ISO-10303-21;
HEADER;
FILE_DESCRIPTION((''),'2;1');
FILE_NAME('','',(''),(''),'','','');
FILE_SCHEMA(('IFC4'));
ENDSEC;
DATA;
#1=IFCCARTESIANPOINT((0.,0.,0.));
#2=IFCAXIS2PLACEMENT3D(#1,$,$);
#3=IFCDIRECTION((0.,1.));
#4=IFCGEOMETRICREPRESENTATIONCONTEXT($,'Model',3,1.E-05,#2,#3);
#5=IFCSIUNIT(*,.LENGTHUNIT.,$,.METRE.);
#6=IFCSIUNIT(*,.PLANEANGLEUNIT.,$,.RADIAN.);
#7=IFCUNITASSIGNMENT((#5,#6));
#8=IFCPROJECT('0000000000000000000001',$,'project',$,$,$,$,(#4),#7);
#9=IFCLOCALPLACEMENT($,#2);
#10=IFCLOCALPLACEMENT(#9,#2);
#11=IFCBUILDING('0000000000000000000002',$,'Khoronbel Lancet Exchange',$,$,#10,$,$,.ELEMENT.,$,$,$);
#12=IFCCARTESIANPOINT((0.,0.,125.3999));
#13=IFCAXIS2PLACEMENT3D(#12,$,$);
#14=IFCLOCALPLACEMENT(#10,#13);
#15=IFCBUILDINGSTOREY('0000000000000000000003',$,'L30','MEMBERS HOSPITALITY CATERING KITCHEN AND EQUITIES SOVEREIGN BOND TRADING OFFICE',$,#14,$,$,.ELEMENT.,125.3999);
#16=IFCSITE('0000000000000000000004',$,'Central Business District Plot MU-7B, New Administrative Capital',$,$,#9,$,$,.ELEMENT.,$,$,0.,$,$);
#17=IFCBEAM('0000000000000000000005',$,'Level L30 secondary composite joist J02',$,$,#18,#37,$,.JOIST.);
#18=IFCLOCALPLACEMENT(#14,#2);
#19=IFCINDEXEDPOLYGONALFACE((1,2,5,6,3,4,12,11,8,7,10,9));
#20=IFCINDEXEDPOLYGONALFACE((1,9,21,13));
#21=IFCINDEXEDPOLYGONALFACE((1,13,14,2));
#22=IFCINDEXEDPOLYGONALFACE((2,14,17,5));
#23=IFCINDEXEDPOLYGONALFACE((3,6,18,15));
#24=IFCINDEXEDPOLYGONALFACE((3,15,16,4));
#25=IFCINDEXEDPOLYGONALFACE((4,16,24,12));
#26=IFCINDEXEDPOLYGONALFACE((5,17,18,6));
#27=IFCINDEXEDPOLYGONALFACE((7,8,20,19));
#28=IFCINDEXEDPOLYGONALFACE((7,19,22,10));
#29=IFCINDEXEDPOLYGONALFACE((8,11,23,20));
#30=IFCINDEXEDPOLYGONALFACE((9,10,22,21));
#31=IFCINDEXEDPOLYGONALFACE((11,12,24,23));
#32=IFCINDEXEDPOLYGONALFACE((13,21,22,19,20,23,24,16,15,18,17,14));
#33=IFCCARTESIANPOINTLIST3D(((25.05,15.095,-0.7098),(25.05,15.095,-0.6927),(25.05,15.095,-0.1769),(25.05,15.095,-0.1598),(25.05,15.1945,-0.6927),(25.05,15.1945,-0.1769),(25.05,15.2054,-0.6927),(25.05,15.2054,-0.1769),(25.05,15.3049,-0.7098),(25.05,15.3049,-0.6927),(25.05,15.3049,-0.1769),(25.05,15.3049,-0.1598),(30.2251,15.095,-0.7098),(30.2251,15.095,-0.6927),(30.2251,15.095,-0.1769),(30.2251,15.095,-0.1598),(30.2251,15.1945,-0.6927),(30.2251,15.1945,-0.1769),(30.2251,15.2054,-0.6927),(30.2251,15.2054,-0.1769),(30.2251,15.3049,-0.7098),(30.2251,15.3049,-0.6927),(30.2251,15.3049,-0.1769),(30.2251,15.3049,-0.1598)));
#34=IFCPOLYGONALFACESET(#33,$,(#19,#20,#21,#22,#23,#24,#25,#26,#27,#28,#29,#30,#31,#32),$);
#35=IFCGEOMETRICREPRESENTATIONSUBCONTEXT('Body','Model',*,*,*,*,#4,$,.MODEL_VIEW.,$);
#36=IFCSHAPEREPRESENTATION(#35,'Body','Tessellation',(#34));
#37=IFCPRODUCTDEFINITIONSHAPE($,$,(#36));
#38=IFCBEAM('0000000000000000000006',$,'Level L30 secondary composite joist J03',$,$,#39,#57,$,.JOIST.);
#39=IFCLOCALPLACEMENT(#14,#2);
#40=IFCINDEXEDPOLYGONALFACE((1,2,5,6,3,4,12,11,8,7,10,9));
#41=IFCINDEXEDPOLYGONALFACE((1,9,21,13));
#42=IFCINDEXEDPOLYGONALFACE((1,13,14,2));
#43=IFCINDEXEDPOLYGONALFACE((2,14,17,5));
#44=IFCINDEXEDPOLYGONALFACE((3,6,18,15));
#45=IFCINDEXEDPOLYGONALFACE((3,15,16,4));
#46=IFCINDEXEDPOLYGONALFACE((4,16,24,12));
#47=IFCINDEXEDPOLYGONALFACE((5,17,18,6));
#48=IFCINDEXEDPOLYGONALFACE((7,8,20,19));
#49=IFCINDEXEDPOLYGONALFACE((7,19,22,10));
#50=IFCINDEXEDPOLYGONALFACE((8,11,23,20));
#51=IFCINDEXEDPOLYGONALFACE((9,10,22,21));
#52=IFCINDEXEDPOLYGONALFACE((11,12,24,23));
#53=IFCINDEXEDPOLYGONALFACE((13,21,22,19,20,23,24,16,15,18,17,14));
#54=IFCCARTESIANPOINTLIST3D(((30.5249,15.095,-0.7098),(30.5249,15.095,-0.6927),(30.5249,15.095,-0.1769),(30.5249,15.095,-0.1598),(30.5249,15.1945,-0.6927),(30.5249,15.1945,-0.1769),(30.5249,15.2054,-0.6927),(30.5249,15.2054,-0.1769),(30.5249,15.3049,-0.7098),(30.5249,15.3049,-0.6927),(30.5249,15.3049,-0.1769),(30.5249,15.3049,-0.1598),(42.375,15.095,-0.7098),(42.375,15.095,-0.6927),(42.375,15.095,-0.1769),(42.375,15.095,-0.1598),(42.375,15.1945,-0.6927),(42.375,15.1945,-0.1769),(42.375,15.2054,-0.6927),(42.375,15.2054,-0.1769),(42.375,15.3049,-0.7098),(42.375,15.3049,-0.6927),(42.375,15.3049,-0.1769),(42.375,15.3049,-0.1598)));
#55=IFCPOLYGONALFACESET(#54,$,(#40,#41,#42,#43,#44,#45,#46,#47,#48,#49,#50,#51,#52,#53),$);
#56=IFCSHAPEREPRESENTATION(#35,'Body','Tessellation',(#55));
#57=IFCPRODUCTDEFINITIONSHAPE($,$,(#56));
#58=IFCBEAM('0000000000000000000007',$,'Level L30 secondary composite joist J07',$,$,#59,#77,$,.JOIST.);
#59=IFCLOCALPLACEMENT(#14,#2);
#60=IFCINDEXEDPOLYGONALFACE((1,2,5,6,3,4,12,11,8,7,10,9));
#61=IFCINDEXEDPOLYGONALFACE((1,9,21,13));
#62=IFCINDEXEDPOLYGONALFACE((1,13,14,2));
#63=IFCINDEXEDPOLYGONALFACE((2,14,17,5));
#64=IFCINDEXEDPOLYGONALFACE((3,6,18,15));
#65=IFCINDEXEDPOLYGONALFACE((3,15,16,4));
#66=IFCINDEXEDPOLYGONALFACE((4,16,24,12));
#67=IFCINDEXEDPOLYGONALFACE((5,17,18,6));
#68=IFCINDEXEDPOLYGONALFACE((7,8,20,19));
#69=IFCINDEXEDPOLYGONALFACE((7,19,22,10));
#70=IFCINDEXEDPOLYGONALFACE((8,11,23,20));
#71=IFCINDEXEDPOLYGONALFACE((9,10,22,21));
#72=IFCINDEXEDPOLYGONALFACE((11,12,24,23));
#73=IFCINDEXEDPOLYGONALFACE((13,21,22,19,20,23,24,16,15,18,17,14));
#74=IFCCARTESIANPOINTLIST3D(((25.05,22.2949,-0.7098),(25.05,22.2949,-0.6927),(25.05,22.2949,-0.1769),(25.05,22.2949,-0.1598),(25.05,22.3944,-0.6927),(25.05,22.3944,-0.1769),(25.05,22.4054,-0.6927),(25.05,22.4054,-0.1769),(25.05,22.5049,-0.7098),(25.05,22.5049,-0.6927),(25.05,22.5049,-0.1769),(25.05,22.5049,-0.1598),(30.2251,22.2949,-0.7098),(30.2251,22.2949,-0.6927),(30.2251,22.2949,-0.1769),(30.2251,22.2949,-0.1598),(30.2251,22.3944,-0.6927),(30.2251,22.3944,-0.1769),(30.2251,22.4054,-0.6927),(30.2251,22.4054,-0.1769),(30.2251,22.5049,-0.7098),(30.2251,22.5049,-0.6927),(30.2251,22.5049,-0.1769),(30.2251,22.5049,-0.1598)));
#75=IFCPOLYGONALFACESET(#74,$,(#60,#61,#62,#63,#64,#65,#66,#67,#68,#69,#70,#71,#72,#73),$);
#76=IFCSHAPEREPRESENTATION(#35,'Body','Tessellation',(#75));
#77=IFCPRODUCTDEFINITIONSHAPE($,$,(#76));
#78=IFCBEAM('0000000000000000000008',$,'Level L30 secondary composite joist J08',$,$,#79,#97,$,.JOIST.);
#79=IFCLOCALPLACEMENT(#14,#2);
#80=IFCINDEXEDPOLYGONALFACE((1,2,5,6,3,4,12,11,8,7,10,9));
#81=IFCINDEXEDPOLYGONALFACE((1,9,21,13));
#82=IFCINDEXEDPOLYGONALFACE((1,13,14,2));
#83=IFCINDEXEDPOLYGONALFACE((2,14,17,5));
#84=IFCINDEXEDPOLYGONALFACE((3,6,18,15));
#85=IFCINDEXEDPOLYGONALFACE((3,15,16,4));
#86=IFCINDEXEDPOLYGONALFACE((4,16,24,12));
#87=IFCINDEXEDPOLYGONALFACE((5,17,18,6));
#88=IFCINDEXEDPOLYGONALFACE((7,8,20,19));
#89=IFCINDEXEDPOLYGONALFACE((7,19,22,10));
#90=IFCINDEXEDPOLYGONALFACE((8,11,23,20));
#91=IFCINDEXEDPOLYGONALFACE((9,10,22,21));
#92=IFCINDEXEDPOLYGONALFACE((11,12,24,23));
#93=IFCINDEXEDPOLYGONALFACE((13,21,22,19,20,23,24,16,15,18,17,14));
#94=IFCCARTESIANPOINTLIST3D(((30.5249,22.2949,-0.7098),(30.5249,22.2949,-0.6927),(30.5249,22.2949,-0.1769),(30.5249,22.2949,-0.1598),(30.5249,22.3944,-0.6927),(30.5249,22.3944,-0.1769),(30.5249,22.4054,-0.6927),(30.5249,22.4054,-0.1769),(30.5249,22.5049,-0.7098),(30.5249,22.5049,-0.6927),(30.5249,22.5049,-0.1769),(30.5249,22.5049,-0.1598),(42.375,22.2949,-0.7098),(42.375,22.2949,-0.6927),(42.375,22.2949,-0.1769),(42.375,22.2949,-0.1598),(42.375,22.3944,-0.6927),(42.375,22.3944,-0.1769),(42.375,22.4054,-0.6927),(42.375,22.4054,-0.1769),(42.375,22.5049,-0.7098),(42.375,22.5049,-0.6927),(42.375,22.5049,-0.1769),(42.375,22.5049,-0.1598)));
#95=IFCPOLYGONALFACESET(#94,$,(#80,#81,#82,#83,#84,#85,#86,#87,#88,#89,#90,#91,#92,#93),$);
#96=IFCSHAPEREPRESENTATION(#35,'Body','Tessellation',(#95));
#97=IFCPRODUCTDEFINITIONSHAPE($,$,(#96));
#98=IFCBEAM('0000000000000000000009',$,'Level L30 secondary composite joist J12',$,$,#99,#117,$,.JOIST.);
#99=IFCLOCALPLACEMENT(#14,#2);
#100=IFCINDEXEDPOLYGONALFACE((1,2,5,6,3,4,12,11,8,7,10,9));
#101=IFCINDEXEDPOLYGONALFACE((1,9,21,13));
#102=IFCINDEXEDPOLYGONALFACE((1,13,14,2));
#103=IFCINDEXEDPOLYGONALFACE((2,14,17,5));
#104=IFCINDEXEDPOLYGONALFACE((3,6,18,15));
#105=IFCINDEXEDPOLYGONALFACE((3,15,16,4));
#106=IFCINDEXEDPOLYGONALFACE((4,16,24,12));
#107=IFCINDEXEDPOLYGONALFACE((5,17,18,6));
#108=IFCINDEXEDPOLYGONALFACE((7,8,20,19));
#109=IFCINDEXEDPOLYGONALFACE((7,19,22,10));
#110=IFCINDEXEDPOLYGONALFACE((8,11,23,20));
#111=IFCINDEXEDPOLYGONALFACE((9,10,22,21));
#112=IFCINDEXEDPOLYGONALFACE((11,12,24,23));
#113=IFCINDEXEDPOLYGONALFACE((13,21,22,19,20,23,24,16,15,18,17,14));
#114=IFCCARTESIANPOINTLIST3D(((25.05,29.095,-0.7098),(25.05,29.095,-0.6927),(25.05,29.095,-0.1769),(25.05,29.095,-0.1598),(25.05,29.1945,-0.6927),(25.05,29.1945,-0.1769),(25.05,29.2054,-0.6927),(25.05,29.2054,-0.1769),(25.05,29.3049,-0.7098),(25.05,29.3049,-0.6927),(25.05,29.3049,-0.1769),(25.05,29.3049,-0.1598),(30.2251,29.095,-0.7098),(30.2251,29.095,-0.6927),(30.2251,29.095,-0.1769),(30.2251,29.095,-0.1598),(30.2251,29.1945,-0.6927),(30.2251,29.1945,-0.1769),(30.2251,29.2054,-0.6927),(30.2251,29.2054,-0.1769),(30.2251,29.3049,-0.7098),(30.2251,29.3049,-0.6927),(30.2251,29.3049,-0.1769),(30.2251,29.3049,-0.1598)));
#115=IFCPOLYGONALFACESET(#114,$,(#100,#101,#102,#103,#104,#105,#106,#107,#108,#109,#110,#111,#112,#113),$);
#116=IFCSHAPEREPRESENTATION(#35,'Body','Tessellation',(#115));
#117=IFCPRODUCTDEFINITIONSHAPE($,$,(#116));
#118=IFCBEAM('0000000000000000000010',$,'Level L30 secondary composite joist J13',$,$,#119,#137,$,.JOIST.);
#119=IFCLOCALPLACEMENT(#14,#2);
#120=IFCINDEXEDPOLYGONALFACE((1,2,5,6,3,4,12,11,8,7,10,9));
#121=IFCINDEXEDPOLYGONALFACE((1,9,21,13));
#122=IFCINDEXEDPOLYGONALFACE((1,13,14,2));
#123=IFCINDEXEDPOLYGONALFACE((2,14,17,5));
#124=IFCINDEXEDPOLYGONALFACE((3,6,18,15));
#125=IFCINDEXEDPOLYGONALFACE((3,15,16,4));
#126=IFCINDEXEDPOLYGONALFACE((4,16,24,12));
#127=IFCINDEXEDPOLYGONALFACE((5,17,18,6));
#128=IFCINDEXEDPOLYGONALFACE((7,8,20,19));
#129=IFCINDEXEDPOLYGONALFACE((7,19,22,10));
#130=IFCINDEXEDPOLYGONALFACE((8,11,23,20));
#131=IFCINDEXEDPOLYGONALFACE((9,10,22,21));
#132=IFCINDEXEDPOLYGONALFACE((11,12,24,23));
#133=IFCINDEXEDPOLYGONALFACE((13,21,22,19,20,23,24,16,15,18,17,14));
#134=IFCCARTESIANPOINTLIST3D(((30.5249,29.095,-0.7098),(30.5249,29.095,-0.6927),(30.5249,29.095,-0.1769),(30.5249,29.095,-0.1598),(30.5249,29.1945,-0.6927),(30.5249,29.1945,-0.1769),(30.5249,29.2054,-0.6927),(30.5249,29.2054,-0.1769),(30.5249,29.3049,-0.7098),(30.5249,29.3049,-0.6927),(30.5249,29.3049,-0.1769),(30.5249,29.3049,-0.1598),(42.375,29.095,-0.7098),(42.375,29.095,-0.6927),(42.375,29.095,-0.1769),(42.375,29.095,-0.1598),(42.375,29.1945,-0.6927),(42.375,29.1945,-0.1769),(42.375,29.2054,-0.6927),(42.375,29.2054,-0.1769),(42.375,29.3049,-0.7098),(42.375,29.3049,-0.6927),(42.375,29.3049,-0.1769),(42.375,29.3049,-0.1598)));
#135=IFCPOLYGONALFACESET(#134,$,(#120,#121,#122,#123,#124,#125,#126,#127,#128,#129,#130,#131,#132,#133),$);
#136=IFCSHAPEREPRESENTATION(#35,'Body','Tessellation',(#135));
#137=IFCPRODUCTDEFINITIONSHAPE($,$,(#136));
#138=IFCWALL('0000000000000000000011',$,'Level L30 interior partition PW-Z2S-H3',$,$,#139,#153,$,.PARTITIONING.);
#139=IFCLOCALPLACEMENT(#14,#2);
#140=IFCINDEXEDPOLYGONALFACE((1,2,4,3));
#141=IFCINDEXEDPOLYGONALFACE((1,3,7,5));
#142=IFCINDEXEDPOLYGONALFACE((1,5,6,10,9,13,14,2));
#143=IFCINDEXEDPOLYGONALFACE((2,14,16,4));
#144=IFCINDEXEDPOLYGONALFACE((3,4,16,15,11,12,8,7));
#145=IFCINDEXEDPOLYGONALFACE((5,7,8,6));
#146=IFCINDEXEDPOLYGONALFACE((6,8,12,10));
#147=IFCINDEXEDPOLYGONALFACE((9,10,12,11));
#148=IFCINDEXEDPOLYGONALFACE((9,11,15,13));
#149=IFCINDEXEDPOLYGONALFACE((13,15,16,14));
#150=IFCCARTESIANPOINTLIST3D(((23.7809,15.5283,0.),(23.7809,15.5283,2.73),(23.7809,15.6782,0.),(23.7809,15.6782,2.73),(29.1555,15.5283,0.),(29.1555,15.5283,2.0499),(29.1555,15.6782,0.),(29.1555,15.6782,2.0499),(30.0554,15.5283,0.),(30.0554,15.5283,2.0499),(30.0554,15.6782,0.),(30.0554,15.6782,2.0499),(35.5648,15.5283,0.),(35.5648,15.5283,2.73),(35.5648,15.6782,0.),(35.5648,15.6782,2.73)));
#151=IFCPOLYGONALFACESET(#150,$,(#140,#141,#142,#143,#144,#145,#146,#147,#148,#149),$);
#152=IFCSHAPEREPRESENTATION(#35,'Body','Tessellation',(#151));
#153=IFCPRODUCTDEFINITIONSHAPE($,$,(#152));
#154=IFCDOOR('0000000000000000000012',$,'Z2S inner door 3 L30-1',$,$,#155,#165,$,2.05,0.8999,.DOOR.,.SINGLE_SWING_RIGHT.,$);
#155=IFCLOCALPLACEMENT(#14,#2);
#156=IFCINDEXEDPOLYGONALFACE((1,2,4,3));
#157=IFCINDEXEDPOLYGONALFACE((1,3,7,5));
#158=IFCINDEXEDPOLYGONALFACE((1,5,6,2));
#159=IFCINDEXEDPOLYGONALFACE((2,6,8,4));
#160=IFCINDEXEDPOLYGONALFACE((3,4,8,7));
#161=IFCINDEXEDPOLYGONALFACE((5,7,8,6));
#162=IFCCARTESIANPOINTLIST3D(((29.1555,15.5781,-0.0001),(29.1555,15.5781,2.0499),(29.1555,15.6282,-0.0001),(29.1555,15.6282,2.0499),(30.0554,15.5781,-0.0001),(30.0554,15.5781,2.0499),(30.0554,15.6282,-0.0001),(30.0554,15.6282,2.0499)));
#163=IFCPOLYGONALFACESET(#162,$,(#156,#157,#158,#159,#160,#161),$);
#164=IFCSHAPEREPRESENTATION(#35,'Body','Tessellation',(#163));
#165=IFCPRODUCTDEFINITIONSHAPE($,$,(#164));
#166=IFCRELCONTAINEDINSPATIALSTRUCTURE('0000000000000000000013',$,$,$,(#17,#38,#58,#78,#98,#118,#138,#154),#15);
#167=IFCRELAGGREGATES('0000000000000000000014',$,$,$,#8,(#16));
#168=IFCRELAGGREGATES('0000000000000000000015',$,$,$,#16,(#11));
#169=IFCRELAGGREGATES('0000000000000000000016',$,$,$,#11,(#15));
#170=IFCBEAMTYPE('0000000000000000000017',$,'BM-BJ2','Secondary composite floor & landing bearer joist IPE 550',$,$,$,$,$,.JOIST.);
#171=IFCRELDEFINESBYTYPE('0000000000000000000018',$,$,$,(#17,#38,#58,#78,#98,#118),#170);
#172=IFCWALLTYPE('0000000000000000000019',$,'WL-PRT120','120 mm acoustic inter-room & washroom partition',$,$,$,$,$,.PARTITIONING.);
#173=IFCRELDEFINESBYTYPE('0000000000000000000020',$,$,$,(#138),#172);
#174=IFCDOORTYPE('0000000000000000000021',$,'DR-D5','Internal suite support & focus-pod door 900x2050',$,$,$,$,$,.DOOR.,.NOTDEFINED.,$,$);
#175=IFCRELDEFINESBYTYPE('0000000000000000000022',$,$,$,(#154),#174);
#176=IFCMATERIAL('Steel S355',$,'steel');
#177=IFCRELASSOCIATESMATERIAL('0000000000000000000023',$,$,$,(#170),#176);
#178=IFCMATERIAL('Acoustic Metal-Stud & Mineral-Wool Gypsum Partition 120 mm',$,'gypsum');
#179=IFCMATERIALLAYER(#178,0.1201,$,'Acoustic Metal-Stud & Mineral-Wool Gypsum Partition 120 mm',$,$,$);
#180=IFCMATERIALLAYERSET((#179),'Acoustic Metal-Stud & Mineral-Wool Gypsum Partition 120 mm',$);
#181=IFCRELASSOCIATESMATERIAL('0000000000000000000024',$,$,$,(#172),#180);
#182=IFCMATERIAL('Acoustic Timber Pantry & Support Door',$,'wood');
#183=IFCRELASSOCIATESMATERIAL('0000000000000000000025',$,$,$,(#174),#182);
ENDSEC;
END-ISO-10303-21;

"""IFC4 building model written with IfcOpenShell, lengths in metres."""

from ifc_helpers import new_model, si_unit, direction, frame, frame_2d, origin, origin_2d, place, context, subcontext, project, spatial, rectangle, i_section, extrude, material, layer, layer_set, material_profile, profile_set, type_object, element, fill, save


model = new_model("IFC4")

# Units and contexts
model_context = context("Model", 3, precision=1e-05, world=origin(), true_north=direction((0.0, 1.0)))
body_context = subcontext(model_context, "Body", "Model", "MODEL_VIEW")
ifc_project = project(units=[si_unit("LENGTHUNIT", "METRE"), si_unit("PLANEANGLEUNIT", "RADIAN")], contexts=[model_context])

# Site, building, storey
site_placement = place(None, origin())
site = spatial("IfcSite", under=ifc_project, at=site_placement, Name="Central Business District Plot MU-7B, New Administrative Capital", CompositionType="ELEMENT", RefElevation=0.0)
building_placement = place(site_placement, origin())
building = spatial("IfcBuilding", under=site, at=building_placement, Name="Khoronbel Lancet Exchange", CompositionType="ELEMENT")
storey_placement = place(building_placement, frame((0.0, 0.0, 125.3999)))
storey = spatial("IfcBuildingStorey", under=building, at=storey_placement, Name="L30", Description="MEMBERS HOSPITALITY CATERING KITCHEN AND EQUITIES SOVEREIGN BOND TRADING OFFICE", CompositionType="ELEMENT", Elevation=125.3999)

# Beams
ifc_material_1 = material(Name="Steel S355", Category="steel")
ifc_material_profile = material_profile(ifc_material_1, i_section(OverallWidth=0.21, OverallDepth=0.55, WebThickness=0.011, FlangeThickness=0.0171, at=origin_2d()), Name="IPE 550")
ifc_profile_set = profile_set([ifc_material_profile], Name="Steel S355")
beam_type = type_object("IfcBeamType", Name="BM-BJ2", Description="Secondary composite floor & landing bearer joist IPE 550", PredefinedType="JOIST", material=ifc_profile_set)
beam_1_placement = place(storey_placement, frame((25.05, 15.2, -0.4348), z_axis=(1.0, 0.0, 0.0), x_axis=(0.0, 1.0, 0.0)))
element("IfcBeam", 1, at=beam_1_placement, inside=storey, type_object=beam_type, Name="Level L30 secondary composite joist J02", PredefinedType="JOIST", context=body_context, shape_type="SweptSolid", body=[
    extrude(i_section(OverallWidth=0.21, OverallDepth=0.55, WebThickness=0.011, FlangeThickness=0.0171, at=origin_2d()), origin(), (0.0, 0.0, 1.0), 5.175),
])
beam_2_placement = place(storey_placement, frame((30.5249, 15.2, -0.4348), z_axis=(1.0, 0.0, 0.0), x_axis=(0.0, 1.0, 0.0)))
element("IfcBeam", 2, at=beam_2_placement, inside=storey, type_object=beam_type, Name="Level L30 secondary composite joist J03", PredefinedType="JOIST", context=body_context, shape_type="SweptSolid", body=[
    extrude(i_section(OverallWidth=0.21, OverallDepth=0.55, WebThickness=0.011, FlangeThickness=0.0171, at=origin_2d()), origin(), (0.0, 0.0, 1.0), 11.8501),
])
beam_3_placement = place(storey_placement, frame((25.05, 22.3999, -0.4348), z_axis=(1.0, 0.0, 0.0), x_axis=(0.0, 1.0, 0.0)))
element("IfcBeam", 3, at=beam_3_placement, inside=storey, type_object=beam_type, Name="Level L30 secondary composite joist J07", PredefinedType="JOIST", context=body_context, shape_type="SweptSolid", body=[
    extrude(i_section(OverallWidth=0.21, OverallDepth=0.55, WebThickness=0.011, FlangeThickness=0.0171, at=origin_2d()), origin(), (0.0, 0.0, 1.0), 5.175),
])
beam_4_placement = place(storey_placement, frame((30.5249, 22.3999, -0.4348), z_axis=(1.0, 0.0, 0.0), x_axis=(0.0, 1.0, 0.0)))
element("IfcBeam", 4, at=beam_4_placement, inside=storey, type_object=beam_type, Name="Level L30 secondary composite joist J08", PredefinedType="JOIST", context=body_context, shape_type="SweptSolid", body=[
    extrude(i_section(OverallWidth=0.21, OverallDepth=0.55, WebThickness=0.011, FlangeThickness=0.0171, at=origin_2d()), origin(), (0.0, 0.0, 1.0), 11.8501),
])
beam_5_placement = place(storey_placement, frame((25.05, 29.2, -0.4348), z_axis=(1.0, 0.0, 0.0), x_axis=(0.0, 1.0, 0.0)))
element("IfcBeam", 5, at=beam_5_placement, inside=storey, type_object=beam_type, Name="Level L30 secondary composite joist J12", PredefinedType="JOIST", context=body_context, shape_type="SweptSolid", body=[
    extrude(i_section(OverallWidth=0.21, OverallDepth=0.55, WebThickness=0.011, FlangeThickness=0.0171, at=origin_2d()), origin(), (0.0, 0.0, 1.0), 5.175),
])
beam_6_placement = place(storey_placement, frame((30.5249, 29.2, -0.4348), z_axis=(1.0, 0.0, 0.0), x_axis=(0.0, 1.0, 0.0)))
element("IfcBeam", 6, at=beam_6_placement, inside=storey, type_object=beam_type, Name="Level L30 secondary composite joist J13", PredefinedType="JOIST", context=body_context, shape_type="SweptSolid", body=[
    extrude(i_section(OverallWidth=0.21, OverallDepth=0.55, WebThickness=0.011, FlangeThickness=0.0171, at=origin_2d()), origin(), (0.0, 0.0, 1.0), 11.8501),
])

# Wall, opening, door
ifc_material_2 = material(Name="Acoustic Metal-Stud & Mineral-Wool Gypsum Partition 120 mm", Category="gypsum")
ifc_layer_1 = layer(ifc_material_2, 0.1201, Name="Acoustic Metal-Stud & Mineral-Wool Gypsum Partition 120 mm")
ifc_layer_set_1 = layer_set([ifc_layer_1], Name="Acoustic Metal-Stud & Mineral-Wool Gypsum Partition 120 mm")
wall_type_1 = type_object("IfcWallType", Name="WL-PRT120", Description="120 mm acoustic inter-room & washroom partition", PredefinedType="PARTITIONING", material=ifc_layer_set_1)
wall_1_placement = place(storey_placement, frame((23.7808, 15.6033, 0.0), z_axis=(0.0, 0.0, 1.0), x_axis=(1.0, 0.0, 0.0)))
wall_1 = element("IfcWall", 7, at=wall_1_placement, inside=storey, type_object=wall_type_1, Name="Level L30 interior partition PW-Z2S-H3", PredefinedType="PARTITIONING", context=body_context, shape_type="SweptSolid", body=[
    extrude(rectangle(XDim=11.7839, YDim=0.1499, at=frame_2d((5.8921, 0.0))), origin(), (0.0, 0.0, 1.0), 2.73),
])
opening_1_placement = place(wall_1_placement, frame((5.3748, 0.0, 0.0)))
opening_1 = element("IfcOpeningElement", 8, at=opening_1_placement, cuts=wall_1, PredefinedType="OPENING", context=body_context, shape_type="SweptSolid", body=[
    extrude(rectangle(XDim=0.8999, YDim=2.05, at=frame_2d((0.45, 1.0249))), frame((0.0, 0.085, 0.0), z_axis=(0.0, -1.0, 0.0), x_axis=(1.0, 0.0, 0.0)), (0.0, 0.0, 1.0), 0.1699),
])
ifc_material_3 = material(Name="Acoustic Timber Pantry & Support Door", Category="wood")
door_type_1 = type_object("IfcDoorType", Name="DR-D5", Description="Internal suite support & focus-pod door 900x2050", OperationType="NOTDEFINED", PredefinedType="DOOR", material=ifc_material_3)
door_1_placement = place(opening_1_placement, origin())
door_1 = element("IfcDoor", 9, at=door_1_placement, inside=storey, type_object=door_type_1, Name="Z2S inner door 3 L30-1", OperationType="SINGLE_SWING_RIGHT", OverallHeight=2.05, OverallWidth=0.8999, PredefinedType="DOOR", context=body_context, shape_type="SweptSolid", body=[
    extrude(rectangle(XDim=0.8999, YDim=2.05, at=frame_2d((0.45, 1.0249))), frame((0.0, 0.0249, 0.0), z_axis=(0.0, -1.0, 0.0), x_axis=(1.0, 0.0, 0.0)), (0.0, 0.0, 1.0), 0.05),
])
fill(opening_1, door_1)

save(model, "model.ifc")
